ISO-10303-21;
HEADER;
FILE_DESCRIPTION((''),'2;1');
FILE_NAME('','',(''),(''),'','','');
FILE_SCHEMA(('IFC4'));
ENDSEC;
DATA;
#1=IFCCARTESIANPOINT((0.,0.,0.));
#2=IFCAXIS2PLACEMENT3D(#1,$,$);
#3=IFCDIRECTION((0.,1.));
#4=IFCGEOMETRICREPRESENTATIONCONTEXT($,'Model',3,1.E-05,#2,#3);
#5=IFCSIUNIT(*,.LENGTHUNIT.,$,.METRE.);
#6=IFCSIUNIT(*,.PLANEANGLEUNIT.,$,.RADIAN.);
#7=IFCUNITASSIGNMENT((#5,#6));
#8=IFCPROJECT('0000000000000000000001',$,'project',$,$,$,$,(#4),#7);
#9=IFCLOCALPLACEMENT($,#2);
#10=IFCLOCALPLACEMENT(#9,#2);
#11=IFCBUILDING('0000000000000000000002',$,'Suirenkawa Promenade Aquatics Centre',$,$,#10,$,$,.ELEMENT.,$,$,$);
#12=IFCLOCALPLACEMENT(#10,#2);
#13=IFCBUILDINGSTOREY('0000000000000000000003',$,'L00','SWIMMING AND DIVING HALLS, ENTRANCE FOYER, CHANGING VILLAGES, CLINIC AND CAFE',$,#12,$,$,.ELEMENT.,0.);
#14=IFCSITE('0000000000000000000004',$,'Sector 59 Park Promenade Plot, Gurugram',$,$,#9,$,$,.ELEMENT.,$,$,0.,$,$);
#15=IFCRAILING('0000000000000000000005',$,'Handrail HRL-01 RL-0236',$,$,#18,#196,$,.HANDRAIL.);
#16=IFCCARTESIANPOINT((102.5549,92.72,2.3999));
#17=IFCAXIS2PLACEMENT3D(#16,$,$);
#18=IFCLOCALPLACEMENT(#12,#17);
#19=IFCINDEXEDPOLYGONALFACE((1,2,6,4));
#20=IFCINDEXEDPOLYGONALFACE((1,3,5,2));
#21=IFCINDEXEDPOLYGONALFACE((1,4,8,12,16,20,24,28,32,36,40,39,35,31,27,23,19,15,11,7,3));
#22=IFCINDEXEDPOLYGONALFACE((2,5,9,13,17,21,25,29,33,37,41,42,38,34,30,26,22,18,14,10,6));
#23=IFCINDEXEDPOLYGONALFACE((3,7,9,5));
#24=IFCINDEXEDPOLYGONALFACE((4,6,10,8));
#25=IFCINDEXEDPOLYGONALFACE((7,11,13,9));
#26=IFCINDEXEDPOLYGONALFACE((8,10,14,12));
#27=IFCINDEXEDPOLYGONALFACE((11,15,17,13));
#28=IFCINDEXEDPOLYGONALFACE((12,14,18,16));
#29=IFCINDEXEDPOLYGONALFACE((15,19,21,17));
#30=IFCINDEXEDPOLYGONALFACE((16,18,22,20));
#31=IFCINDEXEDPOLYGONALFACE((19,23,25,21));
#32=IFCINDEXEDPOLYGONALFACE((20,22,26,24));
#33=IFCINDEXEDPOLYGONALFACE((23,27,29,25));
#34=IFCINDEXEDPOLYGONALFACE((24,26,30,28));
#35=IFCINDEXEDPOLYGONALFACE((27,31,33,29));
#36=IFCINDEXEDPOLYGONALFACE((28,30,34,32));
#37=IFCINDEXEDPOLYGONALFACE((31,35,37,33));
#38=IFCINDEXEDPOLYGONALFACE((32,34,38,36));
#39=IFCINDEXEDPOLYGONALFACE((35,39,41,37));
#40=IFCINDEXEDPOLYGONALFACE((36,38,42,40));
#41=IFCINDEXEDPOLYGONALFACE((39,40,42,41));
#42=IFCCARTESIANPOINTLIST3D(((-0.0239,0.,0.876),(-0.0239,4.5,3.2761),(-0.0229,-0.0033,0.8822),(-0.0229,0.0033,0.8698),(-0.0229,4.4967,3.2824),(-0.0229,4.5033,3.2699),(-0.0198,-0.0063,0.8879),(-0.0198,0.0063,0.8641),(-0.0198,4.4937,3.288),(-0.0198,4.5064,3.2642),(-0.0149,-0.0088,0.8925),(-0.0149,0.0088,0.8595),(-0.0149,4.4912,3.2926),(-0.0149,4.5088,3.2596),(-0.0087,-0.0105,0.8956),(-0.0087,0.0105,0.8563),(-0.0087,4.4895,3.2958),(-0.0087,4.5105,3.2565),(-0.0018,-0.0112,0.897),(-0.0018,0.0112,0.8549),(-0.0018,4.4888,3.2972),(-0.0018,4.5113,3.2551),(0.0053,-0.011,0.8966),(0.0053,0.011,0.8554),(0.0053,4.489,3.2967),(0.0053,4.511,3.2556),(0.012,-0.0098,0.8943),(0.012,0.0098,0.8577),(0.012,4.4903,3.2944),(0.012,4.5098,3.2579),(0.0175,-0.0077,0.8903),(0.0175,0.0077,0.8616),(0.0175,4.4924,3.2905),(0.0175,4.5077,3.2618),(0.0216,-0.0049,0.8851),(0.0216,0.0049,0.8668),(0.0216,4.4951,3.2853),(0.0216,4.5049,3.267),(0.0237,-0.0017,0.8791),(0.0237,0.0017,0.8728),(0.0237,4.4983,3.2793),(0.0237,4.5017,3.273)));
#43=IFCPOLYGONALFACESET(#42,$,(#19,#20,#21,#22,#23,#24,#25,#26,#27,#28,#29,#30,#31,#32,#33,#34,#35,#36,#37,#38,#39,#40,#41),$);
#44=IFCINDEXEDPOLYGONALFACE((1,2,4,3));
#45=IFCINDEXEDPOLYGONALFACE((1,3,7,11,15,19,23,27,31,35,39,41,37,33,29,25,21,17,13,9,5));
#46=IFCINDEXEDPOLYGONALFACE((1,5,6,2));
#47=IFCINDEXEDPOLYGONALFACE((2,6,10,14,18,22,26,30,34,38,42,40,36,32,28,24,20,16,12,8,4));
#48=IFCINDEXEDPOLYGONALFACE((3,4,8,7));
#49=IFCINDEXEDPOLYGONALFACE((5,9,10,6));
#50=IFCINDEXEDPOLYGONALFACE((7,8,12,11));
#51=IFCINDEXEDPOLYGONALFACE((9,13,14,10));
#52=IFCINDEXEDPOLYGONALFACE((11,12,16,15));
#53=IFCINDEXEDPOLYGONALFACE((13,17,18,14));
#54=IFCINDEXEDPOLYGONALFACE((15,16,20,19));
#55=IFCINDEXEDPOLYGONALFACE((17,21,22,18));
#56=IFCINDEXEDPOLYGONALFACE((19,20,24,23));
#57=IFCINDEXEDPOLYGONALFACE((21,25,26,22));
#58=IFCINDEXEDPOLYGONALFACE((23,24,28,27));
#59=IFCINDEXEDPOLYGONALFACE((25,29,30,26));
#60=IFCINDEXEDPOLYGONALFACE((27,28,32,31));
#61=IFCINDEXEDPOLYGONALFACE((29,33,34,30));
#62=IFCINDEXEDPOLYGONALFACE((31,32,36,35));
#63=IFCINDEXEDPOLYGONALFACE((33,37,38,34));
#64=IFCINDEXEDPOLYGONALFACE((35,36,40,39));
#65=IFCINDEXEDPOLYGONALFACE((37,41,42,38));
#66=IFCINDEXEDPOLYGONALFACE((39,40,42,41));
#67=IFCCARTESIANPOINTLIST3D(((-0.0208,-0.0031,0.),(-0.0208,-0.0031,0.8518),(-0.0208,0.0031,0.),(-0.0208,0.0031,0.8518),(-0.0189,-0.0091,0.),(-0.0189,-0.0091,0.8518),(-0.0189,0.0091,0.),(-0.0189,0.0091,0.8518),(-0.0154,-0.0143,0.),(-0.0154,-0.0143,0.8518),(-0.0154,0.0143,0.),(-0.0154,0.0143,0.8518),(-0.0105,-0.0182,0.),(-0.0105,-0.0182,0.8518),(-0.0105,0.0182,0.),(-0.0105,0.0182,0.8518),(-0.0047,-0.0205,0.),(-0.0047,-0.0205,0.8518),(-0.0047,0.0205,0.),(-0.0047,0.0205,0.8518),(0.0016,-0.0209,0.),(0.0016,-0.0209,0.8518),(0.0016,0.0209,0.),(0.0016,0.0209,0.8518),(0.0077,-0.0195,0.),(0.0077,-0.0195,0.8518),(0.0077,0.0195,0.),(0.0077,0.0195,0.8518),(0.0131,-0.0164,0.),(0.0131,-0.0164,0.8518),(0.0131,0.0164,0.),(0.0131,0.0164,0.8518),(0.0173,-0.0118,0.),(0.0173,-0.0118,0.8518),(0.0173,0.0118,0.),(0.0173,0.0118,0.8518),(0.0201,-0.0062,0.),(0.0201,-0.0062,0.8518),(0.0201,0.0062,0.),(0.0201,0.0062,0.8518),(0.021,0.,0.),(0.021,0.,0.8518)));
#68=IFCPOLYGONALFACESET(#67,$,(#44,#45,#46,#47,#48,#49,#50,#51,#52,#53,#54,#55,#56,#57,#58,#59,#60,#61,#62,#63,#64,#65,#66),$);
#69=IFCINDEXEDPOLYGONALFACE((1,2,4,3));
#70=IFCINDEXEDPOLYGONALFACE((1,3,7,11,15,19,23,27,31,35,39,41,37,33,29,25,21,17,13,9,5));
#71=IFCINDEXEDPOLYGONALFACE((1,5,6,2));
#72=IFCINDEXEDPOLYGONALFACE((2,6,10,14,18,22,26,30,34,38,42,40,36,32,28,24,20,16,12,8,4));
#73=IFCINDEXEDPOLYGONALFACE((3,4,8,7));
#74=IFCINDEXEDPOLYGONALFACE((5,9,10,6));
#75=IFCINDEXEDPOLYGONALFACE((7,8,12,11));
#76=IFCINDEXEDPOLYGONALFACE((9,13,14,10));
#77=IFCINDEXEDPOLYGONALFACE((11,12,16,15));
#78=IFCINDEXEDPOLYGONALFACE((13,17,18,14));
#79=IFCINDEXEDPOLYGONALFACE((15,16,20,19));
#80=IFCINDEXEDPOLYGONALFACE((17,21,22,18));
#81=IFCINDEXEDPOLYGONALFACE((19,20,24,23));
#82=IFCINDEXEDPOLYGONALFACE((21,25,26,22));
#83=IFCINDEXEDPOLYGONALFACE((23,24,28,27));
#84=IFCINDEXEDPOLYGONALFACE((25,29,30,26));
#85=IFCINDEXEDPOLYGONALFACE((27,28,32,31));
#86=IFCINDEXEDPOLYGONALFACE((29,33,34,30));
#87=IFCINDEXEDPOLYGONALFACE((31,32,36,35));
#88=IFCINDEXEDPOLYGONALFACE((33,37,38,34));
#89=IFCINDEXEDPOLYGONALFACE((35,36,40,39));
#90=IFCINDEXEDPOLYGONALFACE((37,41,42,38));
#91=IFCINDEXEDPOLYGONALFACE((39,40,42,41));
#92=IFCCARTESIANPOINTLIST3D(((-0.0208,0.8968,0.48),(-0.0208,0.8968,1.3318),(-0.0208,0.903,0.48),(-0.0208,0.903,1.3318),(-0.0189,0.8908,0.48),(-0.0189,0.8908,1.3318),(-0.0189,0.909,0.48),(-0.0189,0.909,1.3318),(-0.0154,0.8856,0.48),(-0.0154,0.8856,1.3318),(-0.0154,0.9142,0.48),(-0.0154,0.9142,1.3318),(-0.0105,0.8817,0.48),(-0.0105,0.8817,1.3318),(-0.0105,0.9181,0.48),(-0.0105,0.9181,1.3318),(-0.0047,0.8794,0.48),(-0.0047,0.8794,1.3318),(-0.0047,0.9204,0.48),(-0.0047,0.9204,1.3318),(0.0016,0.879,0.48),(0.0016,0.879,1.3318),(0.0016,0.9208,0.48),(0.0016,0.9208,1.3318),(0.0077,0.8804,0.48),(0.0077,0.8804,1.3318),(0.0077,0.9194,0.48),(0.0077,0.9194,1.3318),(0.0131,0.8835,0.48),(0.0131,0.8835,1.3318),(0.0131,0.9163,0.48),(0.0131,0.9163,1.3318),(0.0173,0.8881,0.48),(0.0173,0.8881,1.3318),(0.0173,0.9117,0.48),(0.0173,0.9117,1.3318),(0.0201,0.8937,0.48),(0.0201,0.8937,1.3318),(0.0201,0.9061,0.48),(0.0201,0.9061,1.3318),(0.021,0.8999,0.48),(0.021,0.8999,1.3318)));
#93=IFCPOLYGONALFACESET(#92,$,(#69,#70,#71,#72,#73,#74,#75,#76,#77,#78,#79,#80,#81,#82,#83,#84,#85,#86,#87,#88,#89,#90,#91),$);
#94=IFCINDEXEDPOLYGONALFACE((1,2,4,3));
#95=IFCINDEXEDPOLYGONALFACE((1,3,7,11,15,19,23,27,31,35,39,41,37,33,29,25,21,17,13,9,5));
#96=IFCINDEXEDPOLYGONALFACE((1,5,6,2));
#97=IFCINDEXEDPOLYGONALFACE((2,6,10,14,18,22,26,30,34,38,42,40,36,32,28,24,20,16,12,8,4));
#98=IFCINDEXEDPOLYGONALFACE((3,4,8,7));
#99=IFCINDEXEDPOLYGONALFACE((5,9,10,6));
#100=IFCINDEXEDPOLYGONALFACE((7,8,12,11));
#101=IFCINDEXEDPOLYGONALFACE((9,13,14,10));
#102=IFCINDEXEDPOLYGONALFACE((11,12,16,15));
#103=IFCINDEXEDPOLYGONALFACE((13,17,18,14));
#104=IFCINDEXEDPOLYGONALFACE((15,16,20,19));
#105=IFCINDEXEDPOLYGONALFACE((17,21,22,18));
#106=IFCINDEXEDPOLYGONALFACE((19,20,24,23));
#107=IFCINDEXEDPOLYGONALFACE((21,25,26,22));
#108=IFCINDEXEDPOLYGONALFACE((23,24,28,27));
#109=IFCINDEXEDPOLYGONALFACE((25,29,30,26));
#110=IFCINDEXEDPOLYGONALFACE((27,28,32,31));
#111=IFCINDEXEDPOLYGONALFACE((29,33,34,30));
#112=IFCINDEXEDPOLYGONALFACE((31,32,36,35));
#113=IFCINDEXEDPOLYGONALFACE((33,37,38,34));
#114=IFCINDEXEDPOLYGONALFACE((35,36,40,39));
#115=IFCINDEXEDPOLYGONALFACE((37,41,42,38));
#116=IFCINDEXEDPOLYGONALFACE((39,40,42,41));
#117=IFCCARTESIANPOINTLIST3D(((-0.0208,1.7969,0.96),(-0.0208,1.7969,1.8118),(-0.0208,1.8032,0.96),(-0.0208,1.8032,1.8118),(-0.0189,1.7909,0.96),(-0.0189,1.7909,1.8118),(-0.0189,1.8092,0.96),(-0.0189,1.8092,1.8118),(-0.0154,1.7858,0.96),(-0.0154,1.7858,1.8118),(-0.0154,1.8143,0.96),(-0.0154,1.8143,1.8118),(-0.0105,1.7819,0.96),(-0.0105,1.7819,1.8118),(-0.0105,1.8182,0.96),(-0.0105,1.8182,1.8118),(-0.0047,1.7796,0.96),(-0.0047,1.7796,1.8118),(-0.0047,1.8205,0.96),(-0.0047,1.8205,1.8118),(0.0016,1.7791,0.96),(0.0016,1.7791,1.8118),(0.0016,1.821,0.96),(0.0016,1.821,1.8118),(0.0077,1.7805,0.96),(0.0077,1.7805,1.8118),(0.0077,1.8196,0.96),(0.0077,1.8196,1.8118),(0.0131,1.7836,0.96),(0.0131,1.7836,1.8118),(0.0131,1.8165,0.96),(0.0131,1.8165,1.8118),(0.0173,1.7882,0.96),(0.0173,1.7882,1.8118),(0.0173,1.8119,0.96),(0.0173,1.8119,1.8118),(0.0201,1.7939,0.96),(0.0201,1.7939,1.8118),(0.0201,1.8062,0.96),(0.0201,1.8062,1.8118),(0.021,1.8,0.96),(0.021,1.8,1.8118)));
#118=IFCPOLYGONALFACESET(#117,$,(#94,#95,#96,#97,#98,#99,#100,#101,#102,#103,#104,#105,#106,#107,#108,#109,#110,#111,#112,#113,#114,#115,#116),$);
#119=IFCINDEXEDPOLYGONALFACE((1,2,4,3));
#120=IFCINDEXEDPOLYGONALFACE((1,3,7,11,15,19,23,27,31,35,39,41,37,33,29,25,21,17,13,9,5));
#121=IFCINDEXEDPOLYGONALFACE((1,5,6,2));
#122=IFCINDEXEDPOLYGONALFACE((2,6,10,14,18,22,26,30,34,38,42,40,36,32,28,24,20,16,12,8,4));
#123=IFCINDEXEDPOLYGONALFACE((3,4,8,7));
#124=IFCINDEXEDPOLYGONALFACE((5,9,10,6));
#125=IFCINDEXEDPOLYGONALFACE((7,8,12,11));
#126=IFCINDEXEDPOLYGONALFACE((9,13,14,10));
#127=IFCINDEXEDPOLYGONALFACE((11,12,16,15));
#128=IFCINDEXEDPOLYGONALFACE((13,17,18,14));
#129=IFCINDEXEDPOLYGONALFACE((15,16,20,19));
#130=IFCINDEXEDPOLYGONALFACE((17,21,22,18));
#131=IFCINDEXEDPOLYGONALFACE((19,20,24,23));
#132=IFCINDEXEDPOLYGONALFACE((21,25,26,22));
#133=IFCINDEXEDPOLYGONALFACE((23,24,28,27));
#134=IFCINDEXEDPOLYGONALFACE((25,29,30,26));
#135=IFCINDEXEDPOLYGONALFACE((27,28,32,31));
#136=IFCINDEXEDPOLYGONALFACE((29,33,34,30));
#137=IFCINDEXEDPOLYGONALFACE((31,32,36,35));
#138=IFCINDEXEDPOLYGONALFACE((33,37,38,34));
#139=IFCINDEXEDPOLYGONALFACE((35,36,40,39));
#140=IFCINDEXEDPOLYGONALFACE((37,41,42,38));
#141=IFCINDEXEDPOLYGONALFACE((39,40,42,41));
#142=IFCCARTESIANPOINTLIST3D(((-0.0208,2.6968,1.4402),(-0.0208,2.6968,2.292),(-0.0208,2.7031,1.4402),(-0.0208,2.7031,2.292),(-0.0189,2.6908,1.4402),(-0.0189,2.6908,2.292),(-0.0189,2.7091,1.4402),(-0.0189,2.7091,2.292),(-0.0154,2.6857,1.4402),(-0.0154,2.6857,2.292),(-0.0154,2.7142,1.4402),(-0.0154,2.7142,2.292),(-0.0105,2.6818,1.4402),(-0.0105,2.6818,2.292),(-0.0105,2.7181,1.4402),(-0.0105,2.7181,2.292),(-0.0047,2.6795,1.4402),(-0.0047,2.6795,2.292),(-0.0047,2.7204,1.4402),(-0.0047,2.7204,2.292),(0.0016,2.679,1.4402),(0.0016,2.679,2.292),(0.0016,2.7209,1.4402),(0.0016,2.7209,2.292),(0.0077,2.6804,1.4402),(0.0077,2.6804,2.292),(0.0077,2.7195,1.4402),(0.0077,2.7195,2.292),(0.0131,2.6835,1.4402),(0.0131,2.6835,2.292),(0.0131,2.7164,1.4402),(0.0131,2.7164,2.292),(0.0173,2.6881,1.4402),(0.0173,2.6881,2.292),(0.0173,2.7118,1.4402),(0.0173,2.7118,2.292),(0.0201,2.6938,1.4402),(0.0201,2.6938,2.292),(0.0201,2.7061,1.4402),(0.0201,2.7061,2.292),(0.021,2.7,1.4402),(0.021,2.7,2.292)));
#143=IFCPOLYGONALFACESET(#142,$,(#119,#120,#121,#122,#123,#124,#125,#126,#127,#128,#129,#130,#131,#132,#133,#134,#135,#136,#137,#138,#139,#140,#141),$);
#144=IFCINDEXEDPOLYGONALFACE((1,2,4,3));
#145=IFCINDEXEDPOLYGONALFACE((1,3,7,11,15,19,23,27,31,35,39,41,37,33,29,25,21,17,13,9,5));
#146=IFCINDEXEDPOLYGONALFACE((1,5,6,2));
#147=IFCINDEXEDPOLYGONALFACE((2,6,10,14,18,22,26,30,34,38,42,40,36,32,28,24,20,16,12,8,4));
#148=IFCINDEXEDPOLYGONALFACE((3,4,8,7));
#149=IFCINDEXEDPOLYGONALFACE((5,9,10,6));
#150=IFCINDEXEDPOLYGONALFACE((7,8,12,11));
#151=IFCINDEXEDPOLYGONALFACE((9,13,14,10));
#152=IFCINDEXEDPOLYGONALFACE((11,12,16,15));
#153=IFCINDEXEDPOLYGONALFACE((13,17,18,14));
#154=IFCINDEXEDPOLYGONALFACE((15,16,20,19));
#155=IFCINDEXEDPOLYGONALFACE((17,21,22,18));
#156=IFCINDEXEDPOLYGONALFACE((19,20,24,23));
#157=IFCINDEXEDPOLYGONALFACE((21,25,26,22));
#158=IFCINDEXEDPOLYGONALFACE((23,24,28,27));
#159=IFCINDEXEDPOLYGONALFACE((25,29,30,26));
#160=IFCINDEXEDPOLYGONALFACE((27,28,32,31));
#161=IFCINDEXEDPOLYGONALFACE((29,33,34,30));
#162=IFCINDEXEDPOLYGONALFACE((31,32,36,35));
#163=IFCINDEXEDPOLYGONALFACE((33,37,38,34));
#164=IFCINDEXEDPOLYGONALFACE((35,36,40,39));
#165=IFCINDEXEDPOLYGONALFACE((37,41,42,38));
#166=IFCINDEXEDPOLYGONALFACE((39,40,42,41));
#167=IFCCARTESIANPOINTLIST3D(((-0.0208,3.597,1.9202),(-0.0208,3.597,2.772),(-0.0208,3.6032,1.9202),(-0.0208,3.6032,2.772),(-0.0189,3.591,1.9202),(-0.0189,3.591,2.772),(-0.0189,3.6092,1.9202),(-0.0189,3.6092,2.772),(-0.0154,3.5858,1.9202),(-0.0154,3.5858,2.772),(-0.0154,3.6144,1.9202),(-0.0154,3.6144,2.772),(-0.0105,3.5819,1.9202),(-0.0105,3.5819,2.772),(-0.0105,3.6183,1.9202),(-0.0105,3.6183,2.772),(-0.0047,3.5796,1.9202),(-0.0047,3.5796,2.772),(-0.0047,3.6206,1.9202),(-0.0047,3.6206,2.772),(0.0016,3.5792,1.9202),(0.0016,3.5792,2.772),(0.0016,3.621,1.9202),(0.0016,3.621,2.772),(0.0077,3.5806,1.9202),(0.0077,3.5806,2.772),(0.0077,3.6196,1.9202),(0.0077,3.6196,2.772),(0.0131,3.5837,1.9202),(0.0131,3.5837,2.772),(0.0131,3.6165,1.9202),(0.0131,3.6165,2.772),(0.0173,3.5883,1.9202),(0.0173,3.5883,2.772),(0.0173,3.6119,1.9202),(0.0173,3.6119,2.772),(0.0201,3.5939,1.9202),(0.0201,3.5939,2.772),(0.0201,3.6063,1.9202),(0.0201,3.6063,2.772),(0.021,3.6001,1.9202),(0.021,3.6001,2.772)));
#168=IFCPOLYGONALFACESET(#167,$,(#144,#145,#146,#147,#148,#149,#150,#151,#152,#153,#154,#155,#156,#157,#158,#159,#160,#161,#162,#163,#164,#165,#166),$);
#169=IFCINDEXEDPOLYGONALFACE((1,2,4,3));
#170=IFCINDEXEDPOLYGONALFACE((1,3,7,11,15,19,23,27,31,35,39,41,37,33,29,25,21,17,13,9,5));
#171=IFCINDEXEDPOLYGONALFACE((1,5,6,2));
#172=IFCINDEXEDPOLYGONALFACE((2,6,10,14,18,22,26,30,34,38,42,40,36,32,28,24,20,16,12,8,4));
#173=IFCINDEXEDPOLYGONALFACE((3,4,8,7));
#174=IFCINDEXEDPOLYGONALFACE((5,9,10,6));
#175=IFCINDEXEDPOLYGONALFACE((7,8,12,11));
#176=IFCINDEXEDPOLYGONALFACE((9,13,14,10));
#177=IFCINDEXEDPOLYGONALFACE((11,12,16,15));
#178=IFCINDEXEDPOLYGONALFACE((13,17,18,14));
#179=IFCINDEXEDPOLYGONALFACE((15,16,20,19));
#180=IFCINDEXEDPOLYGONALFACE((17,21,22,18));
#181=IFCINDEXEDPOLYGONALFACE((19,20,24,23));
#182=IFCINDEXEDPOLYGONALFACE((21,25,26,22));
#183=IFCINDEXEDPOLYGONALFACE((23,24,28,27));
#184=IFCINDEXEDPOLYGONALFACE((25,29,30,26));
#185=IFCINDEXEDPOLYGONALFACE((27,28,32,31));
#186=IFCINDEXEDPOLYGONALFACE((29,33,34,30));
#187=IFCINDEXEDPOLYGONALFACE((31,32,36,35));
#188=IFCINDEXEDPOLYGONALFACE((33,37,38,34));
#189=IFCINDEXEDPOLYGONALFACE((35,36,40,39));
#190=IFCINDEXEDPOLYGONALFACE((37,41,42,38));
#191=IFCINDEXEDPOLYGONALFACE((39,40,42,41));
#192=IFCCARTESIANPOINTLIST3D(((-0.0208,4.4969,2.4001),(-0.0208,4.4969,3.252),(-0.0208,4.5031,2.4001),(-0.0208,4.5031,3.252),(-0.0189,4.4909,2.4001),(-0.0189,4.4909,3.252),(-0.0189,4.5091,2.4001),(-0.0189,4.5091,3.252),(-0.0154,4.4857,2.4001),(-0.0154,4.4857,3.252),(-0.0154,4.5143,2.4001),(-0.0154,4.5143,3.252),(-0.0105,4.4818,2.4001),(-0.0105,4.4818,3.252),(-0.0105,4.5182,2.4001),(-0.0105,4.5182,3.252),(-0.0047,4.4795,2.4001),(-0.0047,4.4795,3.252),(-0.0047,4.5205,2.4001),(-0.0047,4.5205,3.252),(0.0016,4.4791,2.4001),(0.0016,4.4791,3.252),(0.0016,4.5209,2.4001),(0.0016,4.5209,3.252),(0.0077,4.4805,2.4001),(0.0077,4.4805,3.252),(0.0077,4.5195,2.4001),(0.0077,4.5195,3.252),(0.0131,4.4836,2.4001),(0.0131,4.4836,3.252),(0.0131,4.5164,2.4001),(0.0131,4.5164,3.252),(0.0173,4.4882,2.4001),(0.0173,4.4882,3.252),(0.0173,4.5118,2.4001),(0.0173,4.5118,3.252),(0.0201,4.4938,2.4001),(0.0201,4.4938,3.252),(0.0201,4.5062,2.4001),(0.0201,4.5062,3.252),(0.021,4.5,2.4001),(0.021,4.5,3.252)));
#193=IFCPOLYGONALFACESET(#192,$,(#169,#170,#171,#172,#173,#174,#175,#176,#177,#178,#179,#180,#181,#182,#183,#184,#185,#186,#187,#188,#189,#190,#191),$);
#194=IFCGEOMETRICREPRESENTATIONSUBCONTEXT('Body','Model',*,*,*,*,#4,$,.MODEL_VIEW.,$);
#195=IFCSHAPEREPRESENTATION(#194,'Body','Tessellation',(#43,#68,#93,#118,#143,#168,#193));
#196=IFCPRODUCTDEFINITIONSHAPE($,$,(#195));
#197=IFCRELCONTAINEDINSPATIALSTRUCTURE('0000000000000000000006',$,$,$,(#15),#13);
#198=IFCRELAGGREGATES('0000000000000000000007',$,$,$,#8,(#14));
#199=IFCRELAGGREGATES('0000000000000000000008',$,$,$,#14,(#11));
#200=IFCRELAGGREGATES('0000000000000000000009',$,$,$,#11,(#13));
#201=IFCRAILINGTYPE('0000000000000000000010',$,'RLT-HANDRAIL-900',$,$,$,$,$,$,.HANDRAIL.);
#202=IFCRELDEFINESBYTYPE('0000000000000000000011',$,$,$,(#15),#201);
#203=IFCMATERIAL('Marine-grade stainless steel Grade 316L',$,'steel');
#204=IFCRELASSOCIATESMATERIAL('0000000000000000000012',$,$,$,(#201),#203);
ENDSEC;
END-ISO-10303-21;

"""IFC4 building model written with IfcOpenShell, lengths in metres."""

from ifc_helpers import new_model, si_unit, direction, frame, origin, origin_2d, place, context, subcontext, project, spatial, circle, extrude, material, type_object, element, save


model = new_model("IFC4")

# Units and contexts
model_context = context("Model", 3, precision=1e-05, world=origin(), true_north=direction((0.0, 1.0)))
body_context = subcontext(model_context, "Body", "Model", "MODEL_VIEW")
ifc_project = project(units=[si_unit("LENGTHUNIT", "METRE"), si_unit("PLANEANGLEUNIT", "RADIAN")], contexts=[model_context])

# Site, building, storey
site_placement = place(None, origin())
site = spatial("IfcSite", under=ifc_project, at=site_placement, Name="Sector 59 Park Promenade Plot, Gurugram", CompositionType="ELEMENT", RefElevation=0.0)
building_placement = place(site_placement, origin())
building = spatial("IfcBuilding", under=site, at=building_placement, Name="Suirenkawa Promenade Aquatics Centre", CompositionType="ELEMENT")
storey_placement = place(building_placement, origin())
storey = spatial("IfcBuildingStorey", under=building, at=storey_placement, Name="L00", Description="SWIMMING AND DIVING HALLS, ENTRANCE FOYER, CHANGING VILLAGES, CLINIC AND CAFE", CompositionType="ELEMENT", Elevation=0.0)

# Railing
ifc_material_1 = material(Name="Marine-grade stainless steel Grade 316L", Category="steel")
railing_type_1 = type_object("IfcRailingType", Name="RLT-HANDRAIL-900", PredefinedType="HANDRAIL", material=ifc_material_1)
for number, where, name in (
    (1, (102.5549, 92.72, 2.3999), "Handrail HRL-01 RL-0236"),
):
    element("IfcRailing", number, at=place(storey_placement, frame(where)), inside=storey, type_object=railing_type_1, Name=name, PredefinedType="HANDRAIL", context=body_context, shape_type="SweptSolid", body=[
        extrude(circle(Radius=0.0239, at=origin_2d()), frame((0.0, 0.0, 0.876), z_axis=(0.0, 0.882341, 0.470611), x_axis=(-1.0, 0.0, 0.0)), (0.0, 0.0, 1.0), 5.1001),
        extrude(circle(Radius=0.021, at=origin_2d()), origin(), (0.0, 0.0, 1.0), 0.8518),
        extrude(circle(Radius=0.021, at=origin_2d()), frame((0.0, 0.8999, 0.48)), (0.0, 0.0, 1.0), 0.8518),
        extrude(circle(Radius=0.021, at=origin_2d()), frame((0.0, 1.8, 0.96)), (0.0, 0.0, 1.0), 0.8518),
        extrude(circle(Radius=0.021, at=origin_2d()), frame((0.0, 2.7, 1.4402)), (0.0, 0.0, 1.0), 0.8518),
        extrude(circle(Radius=0.021, at=origin_2d()), frame((0.0, 3.6001, 1.9202)), (0.0, 0.0, 1.0), 0.8518),
        extrude(circle(Radius=0.021, at=origin_2d()), frame((0.0, 4.5, 2.4001)), (0.0, 0.0, 1.0), 0.8518),
    ])

save(model, "model.ifc")
